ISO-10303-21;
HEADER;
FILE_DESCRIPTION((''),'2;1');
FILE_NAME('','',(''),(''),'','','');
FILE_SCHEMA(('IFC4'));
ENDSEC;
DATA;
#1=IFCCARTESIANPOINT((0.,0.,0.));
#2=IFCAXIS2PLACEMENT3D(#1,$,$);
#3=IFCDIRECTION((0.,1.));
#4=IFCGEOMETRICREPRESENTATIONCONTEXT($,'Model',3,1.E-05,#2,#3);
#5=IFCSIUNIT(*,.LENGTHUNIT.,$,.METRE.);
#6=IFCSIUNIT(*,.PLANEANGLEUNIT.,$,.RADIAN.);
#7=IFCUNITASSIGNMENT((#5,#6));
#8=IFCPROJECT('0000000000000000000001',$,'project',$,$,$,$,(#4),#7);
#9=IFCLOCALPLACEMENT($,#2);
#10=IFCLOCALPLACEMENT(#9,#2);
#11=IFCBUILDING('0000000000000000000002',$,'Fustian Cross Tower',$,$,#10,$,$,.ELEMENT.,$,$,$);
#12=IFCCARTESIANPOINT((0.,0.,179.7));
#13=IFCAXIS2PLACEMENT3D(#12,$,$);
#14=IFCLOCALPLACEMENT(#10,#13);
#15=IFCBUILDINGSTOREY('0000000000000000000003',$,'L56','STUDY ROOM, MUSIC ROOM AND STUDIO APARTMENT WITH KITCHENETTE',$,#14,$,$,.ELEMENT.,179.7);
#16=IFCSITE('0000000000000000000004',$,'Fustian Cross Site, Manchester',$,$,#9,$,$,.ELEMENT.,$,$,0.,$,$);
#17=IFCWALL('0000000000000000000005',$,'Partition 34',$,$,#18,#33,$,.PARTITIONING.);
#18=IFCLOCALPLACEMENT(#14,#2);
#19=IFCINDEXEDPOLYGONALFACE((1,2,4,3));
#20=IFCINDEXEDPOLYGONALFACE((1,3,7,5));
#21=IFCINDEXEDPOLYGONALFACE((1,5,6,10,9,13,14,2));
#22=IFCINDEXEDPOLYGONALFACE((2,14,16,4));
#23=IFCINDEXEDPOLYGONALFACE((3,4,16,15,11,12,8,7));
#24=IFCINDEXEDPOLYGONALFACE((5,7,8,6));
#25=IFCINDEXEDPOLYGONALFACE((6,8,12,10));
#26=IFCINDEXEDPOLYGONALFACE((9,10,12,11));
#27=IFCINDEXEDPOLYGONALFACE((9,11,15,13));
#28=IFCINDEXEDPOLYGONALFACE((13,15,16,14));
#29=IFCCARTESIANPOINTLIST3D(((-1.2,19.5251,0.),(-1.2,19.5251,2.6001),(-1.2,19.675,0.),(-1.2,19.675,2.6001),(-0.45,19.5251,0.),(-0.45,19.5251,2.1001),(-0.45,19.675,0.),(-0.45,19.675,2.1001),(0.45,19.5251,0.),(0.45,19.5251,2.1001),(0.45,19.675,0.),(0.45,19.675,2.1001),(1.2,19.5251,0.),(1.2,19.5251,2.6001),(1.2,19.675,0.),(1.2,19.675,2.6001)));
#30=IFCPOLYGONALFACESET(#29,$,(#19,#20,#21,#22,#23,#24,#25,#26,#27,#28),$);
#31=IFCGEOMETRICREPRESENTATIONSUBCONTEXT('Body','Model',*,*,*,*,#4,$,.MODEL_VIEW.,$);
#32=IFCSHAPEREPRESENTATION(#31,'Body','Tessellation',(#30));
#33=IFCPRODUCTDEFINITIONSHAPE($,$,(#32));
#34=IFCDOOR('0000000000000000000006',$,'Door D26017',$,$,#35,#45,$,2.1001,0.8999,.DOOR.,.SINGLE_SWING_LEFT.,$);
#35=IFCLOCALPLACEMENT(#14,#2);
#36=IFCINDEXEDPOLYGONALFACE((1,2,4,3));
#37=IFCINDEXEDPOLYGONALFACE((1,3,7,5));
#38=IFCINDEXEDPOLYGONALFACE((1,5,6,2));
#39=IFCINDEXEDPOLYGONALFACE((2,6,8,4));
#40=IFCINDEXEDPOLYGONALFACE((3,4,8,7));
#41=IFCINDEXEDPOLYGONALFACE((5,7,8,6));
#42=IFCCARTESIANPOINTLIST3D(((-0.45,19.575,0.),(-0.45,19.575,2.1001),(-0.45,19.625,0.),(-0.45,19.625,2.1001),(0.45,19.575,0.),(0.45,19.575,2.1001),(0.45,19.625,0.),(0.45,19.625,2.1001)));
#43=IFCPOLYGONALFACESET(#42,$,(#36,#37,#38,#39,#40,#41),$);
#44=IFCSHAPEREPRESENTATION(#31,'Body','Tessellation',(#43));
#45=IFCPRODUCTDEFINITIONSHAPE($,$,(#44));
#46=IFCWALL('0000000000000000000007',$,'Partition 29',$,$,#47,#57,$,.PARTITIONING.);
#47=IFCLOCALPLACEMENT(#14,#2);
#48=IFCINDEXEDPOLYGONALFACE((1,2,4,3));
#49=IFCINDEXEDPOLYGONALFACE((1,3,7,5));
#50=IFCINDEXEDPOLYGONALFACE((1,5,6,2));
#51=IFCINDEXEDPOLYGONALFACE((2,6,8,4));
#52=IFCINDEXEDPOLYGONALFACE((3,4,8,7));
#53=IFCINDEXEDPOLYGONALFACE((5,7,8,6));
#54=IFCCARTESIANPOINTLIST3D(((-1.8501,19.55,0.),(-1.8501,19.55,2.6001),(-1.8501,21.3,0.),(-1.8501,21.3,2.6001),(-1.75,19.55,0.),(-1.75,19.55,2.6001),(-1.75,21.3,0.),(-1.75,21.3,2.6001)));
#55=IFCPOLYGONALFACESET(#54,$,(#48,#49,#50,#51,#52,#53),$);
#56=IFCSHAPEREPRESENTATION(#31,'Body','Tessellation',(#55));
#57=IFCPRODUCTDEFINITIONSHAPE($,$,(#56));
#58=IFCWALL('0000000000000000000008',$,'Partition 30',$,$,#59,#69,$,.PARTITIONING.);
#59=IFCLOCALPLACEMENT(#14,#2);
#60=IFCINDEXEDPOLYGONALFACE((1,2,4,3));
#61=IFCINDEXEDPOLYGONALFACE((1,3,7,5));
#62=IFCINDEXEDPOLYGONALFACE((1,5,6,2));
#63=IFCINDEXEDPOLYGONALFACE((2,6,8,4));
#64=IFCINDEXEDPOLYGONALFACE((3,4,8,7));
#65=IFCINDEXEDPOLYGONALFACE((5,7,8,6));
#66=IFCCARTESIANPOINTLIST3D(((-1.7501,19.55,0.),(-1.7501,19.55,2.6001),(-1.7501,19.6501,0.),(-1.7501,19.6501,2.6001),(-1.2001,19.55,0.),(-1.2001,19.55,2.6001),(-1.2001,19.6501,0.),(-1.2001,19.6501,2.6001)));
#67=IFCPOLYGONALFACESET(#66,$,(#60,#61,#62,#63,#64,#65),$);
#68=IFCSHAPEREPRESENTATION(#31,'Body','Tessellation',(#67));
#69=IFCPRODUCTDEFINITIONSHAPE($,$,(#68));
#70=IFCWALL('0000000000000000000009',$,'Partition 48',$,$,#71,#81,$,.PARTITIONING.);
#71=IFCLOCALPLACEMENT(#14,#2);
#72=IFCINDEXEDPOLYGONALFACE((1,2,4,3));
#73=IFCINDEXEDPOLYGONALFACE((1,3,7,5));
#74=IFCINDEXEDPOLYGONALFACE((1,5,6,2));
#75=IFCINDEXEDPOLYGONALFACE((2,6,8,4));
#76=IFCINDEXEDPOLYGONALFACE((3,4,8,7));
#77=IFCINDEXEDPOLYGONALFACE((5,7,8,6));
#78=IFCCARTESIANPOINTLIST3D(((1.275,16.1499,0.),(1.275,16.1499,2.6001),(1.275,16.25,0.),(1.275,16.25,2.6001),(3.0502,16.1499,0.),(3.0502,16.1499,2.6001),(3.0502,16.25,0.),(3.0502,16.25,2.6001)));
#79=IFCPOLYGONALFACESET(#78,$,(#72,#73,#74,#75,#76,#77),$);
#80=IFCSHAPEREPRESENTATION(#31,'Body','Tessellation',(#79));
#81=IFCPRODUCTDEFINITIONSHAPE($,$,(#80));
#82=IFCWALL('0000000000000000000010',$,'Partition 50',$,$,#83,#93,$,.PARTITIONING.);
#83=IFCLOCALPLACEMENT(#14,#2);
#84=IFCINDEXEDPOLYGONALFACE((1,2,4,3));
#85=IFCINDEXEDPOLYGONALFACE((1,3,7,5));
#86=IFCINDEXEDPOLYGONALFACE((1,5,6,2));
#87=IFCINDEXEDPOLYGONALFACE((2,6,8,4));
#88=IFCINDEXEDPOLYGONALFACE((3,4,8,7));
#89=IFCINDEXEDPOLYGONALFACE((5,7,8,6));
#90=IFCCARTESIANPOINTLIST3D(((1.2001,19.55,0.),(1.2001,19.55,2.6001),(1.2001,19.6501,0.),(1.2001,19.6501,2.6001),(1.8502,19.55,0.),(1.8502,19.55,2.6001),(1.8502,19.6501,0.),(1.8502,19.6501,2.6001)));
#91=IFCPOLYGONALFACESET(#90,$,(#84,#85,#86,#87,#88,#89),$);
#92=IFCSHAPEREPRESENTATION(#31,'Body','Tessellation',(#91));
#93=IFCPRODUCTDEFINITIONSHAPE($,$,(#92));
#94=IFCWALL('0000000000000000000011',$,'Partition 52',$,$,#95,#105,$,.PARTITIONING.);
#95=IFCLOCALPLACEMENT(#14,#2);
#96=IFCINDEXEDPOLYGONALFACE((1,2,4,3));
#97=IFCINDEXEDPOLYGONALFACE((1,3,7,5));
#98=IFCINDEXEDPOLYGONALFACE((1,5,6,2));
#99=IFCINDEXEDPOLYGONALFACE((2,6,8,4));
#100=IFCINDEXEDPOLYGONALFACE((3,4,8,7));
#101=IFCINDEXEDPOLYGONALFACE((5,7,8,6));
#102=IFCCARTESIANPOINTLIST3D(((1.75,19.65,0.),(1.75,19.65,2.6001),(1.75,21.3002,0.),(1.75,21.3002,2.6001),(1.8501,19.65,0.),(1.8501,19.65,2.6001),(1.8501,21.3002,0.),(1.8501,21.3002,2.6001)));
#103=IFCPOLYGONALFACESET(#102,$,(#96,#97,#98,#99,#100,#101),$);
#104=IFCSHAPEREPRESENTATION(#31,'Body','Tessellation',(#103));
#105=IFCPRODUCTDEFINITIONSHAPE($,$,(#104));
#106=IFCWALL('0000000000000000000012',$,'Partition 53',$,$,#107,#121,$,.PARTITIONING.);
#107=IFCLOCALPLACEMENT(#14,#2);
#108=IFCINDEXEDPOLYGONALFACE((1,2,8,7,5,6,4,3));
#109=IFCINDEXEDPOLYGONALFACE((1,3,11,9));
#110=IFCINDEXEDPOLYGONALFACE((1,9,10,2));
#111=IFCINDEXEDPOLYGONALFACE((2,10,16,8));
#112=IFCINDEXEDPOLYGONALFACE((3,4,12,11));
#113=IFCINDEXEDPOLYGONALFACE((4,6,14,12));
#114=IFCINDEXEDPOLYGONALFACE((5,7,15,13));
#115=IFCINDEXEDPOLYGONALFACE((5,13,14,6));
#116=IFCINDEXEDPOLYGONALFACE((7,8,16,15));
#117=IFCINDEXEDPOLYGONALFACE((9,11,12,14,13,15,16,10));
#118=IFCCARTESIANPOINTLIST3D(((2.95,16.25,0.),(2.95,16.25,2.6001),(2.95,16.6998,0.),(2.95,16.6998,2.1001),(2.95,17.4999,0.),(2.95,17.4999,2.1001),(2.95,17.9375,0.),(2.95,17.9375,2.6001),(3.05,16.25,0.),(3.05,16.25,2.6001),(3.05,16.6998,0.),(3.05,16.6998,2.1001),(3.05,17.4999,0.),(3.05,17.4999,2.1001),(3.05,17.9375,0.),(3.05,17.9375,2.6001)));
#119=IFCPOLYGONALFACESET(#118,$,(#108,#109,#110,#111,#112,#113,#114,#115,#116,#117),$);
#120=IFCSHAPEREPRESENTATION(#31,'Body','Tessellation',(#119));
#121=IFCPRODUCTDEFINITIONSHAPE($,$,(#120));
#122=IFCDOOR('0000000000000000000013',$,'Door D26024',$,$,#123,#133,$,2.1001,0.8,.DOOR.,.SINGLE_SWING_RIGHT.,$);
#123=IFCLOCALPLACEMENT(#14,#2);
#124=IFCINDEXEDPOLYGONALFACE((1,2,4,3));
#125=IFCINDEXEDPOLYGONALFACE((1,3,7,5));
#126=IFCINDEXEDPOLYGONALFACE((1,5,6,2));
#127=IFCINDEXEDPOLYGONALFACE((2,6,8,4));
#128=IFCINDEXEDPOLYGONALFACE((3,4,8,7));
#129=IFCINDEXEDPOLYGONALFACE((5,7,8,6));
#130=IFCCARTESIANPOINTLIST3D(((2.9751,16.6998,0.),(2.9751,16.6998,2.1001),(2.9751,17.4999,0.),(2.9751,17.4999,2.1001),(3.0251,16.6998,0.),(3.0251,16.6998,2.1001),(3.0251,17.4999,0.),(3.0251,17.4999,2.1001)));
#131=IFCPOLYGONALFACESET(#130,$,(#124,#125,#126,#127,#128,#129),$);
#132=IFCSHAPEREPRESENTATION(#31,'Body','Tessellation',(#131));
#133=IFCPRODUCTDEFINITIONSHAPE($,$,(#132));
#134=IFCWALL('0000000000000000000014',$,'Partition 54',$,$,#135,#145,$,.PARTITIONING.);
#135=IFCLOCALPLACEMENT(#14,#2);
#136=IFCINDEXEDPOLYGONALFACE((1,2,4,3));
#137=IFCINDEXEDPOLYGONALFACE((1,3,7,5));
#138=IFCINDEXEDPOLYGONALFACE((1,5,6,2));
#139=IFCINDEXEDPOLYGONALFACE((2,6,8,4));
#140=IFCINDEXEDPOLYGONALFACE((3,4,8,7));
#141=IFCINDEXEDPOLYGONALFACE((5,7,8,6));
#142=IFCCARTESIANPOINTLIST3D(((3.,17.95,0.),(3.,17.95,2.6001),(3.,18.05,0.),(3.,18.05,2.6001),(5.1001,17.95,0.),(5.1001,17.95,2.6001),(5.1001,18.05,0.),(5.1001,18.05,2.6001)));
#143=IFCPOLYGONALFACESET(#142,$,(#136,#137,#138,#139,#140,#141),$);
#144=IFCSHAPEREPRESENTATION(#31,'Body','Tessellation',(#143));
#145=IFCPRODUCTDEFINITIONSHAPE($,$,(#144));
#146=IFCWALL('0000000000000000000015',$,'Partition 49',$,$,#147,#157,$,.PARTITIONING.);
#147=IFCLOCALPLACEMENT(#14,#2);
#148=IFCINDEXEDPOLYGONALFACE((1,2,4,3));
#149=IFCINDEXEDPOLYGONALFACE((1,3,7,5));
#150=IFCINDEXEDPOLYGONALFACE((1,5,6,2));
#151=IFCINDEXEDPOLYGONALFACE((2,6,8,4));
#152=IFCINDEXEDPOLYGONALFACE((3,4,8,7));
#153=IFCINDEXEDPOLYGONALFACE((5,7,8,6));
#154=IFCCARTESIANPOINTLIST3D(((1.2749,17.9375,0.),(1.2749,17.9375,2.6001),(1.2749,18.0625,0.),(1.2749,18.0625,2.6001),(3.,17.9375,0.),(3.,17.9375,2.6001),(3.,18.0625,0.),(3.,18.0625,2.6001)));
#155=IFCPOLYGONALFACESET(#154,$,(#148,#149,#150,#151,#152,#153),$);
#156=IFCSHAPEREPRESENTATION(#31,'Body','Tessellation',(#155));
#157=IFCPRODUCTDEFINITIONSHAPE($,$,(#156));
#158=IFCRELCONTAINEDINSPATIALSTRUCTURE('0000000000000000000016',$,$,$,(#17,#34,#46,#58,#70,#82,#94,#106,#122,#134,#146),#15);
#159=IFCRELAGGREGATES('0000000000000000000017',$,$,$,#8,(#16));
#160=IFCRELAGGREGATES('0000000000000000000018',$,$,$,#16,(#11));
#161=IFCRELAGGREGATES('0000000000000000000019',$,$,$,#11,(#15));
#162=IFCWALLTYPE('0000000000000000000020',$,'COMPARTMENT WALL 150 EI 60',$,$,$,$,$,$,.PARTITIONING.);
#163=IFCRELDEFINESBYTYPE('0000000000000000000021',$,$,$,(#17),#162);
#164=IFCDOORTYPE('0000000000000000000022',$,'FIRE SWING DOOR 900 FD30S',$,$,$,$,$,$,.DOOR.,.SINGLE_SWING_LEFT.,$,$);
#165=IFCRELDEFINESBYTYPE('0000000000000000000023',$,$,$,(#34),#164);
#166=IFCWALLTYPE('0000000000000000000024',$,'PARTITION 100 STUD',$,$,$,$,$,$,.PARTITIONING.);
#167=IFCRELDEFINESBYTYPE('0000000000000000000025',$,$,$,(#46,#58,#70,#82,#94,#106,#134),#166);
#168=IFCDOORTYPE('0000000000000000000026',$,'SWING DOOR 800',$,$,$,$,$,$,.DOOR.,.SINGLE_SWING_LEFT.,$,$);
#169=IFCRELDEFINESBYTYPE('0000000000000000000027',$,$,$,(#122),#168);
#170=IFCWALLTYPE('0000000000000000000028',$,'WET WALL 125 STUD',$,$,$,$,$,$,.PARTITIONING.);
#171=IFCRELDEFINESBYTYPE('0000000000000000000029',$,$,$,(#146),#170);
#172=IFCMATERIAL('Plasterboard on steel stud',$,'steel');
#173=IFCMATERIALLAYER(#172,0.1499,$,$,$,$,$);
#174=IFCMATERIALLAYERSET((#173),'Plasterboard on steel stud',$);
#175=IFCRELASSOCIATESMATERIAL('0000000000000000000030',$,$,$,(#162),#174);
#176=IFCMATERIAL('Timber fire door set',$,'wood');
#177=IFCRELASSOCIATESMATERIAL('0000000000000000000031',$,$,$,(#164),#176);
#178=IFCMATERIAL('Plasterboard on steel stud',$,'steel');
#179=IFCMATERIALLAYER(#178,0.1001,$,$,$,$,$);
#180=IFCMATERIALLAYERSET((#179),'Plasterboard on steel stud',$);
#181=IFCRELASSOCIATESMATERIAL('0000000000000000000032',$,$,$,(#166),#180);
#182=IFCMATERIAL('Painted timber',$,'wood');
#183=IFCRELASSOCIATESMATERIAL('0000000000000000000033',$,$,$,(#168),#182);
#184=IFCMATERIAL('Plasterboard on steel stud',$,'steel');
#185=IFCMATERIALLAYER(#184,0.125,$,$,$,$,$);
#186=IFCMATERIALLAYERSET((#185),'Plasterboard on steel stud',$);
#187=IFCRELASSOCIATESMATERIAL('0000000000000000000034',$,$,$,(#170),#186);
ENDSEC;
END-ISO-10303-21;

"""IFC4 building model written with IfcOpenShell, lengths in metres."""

from ifc_helpers import new_model, si_unit, direction, frame, frame_2d, origin, place, context, subcontext, project, spatial, rectangle, extrude, material, layer, layer_set, type_object, element, fill, save


model = new_model("IFC4")

# Units and contexts
model_context = context("Model", 3, precision=1e-05, world=origin(), true_north=direction((0.0, 1.0)))
body_context = subcontext(model_context, "Body", "Model", "MODEL_VIEW")
ifc_project = project(units=[si_unit("LENGTHUNIT", "METRE"), si_unit("PLANEANGLEUNIT", "RADIAN")], contexts=[model_context])

# Site, building, storey
site_placement = place(None, origin())
site = spatial("IfcSite", under=ifc_project, at=site_placement, Name="Fustian Cross Site, Manchester", CompositionType="ELEMENT", RefElevation=0.0)
building_placement = place(site_placement, origin())
building = spatial("IfcBuilding", under=site, at=building_placement, Name="Fustian Cross Tower", CompositionType="ELEMENT")
storey_placement = place(building_placement, frame((0.0, 0.0, 179.7)))
storey = spatial("IfcBuildingStorey", under=building, at=storey_placement, Name="L56", Description="STUDY ROOM, MUSIC ROOM AND STUDIO APARTMENT WITH KITCHENETTE", CompositionType="ELEMENT", Elevation=179.7)

# Wall, opening, door
ifc_material_1 = material(Name="Plasterboard on steel stud", Category="steel")
ifc_layer_1 = layer(ifc_material_1, 0.1499)
ifc_layer_set_1 = layer_set([ifc_layer_1], Name="Plasterboard on steel stud")
wall_type_1 = type_object("IfcWallType", Name="COMPARTMENT WALL 150 EI 60", PredefinedType="PARTITIONING", material=ifc_layer_set_1)
wall_1_placement = place(storey_placement, frame((-1.2, 19.6001, 0.0), z_axis=(0.0, 0.0, 1.0), x_axis=(1.0, 0.0, 0.0)))
wall_1 = element("IfcWall", 1, at=wall_1_placement, inside=storey, type_object=wall_type_1, Name="Partition 34", PredefinedType="PARTITIONING", context=body_context, shape_type="SweptSolid", body=[
    extrude(rectangle(XDim=2.3999, YDim=0.1499, at=frame_2d((1.2, 0.0))), origin(), (0.0, 0.0, 1.0), 2.6001),
])
opening_1_placement = place(wall_1_placement, frame((0.75, 0.0, 0.0)))
opening_1 = element("IfcOpeningElement", 2, at=opening_1_placement, cuts=wall_1, PredefinedType="OPENING", context=body_context, shape_type="SweptSolid", body=[
    extrude(rectangle(XDim=0.8999, YDim=2.1001, at=frame_2d((0.45, 1.05))), frame((0.0, 0.085, 0.0), z_axis=(0.0, -1.0, 0.0), x_axis=(1.0, 0.0, 0.0)), (0.0, 0.0, 1.0), 0.1699),
])
ifc_material_2 = material(Name="Timber fire door set", Category="wood")
door_type_1 = type_object("IfcDoorType", Name="FIRE SWING DOOR 900 FD30S", OperationType="SINGLE_SWING_LEFT", PredefinedType="DOOR", material=ifc_material_2)
door_1_placement = place(opening_1_placement, origin())
door_1 = element("IfcDoor", 3, at=door_1_placement, inside=storey, type_object=door_type_1, Name="Door D26017", OperationType="SINGLE_SWING_LEFT", OverallHeight=2.1001, OverallWidth=0.8999, PredefinedType="DOOR", context=body_context, shape_type="SweptSolid", body=[
    extrude(rectangle(XDim=0.8999, YDim=2.1001, at=frame_2d((0.45, 1.05))), frame((0.0, 0.0249, 0.0), z_axis=(0.0, -1.0, 0.0), x_axis=(1.0, 0.0, 0.0)), (0.0, 0.0, 1.0), 0.05),
])
fill(opening_1, door_1)

# Walls
ifc_material_3 = material(Name="Plasterboard on steel stud", Category="steel")
ifc_layer_2 = layer(ifc_material_3, 0.1001)
ifc_layer_set_2 = layer_set([ifc_layer_2], Name="Plasterboard on steel stud")
wall_type_2 = type_object("IfcWallType", Name="PARTITION 100 STUD", PredefinedType="PARTITIONING", material=ifc_layer_set_2)
wall_2_placement = place(storey_placement, frame((-1.8, 19.55, 0.0), z_axis=(0.0, 0.0, 1.0), x_axis=(0.0, 1.0, 0.0)))
element("IfcWall", 4, at=wall_2_placement, inside=storey, type_object=wall_type_2, Name="Partition 29", PredefinedType="PARTITIONING", context=body_context, shape_type="SweptSolid", body=[
    extrude(rectangle(XDim=1.75, YDim=0.1001, at=frame_2d((0.875, 0.0))), origin(), (0.0, 0.0, 1.0), 2.6001),
])
wall_3_placement = place(storey_placement, frame((-1.75, 19.6001, 0.0), z_axis=(0.0, 0.0, 1.0), x_axis=(1.0, 0.0, 0.0)))
element("IfcWall", 5, at=wall_3_placement, inside=storey, type_object=wall_type_2, Name="Partition 30", PredefinedType="PARTITIONING", context=body_context, shape_type="SweptSolid", body=[
    extrude(rectangle(XDim=0.55, YDim=0.1001, at=frame_2d((0.2749, 0.0))), origin(), (0.0, 0.0, 1.0), 2.6001),
])
wall_4_placement = place(storey_placement, frame((1.2749, 16.2, 0.0), z_axis=(0.0, 0.0, 1.0), x_axis=(1.0, 0.0, 0.0)))
element("IfcWall", 6, at=wall_4_placement, inside=storey, type_object=wall_type_2, Name="Partition 48", PredefinedType="PARTITIONING", context=body_context, shape_type="SweptSolid", body=[
    extrude(rectangle(XDim=1.7751, YDim=0.1001, at=frame_2d((0.8877, 0.0))), origin(), (0.0, 0.0, 1.0), 2.6001),
])
wall_5_placement = place(storey_placement, frame((1.2, 19.6001, 0.0), z_axis=(0.0, 0.0, 1.0), x_axis=(1.0, 0.0, 0.0)))
element("IfcWall", 7, at=wall_5_placement, inside=storey, type_object=wall_type_2, Name="Partition 50", PredefinedType="PARTITIONING", context=body_context, shape_type="SweptSolid", body=[
    extrude(rectangle(XDim=0.6501, YDim=0.1001, at=frame_2d((0.3252, 0.0))), origin(), (0.0, 0.0, 1.0), 2.6001),
])
wall_6_placement = place(storey_placement, frame((1.8, 19.6499, 0.0), z_axis=(0.0, 0.0, 1.0), x_axis=(0.0, 1.0, 0.0)))
element("IfcWall", 8, at=wall_6_placement, inside=storey, type_object=wall_type_2, Name="Partition 52", PredefinedType="PARTITIONING", context=body_context, shape_type="SweptSolid", body=[
    extrude(rectangle(XDim=1.6501, YDim=0.1001, at=frame_2d((0.8252, 0.0))), origin(), (0.0, 0.0, 1.0), 2.6001),
])

# Wall, opening, door
wall_7_placement = place(storey_placement, frame((3.0, 16.25, 0.0), z_axis=(0.0, 0.0, 1.0), x_axis=(0.0, 1.0, 0.0)))
wall_7 = element("IfcWall", 9, at=wall_7_placement, inside=storey, type_object=wall_type_2, Name="Partition 53", PredefinedType="PARTITIONING", context=body_context, shape_type="SweptSolid", body=[
    extrude(rectangle(XDim=1.6875, YDim=0.1001, at=frame_2d((0.8438, 0.0))), origin(), (0.0, 0.0, 1.0), 2.6001),
])
opening_2_placement = place(wall_7_placement, frame((0.45, 0.0, 0.0)))
opening_2 = element("IfcOpeningElement", 10, at=opening_2_placement, cuts=wall_7, PredefinedType="OPENING", context=body_context, shape_type="SweptSolid", body=[
    extrude(rectangle(XDim=0.8, YDim=2.1001, at=frame_2d((0.3999, 1.05))), frame((0.0, 0.0601, 0.0), z_axis=(0.0, -1.0, 0.0), x_axis=(1.0, 0.0, 0.0)), (0.0, 0.0, 1.0), 0.1201),
])
ifc_material_4 = material(Name="Painted timber", Category="wood")
door_type_2 = type_object("IfcDoorType", Name="SWING DOOR 800", OperationType="SINGLE_SWING_LEFT", PredefinedType="DOOR", material=ifc_material_4)
door_2_placement = place(opening_2_placement, origin())
door_2 = element("IfcDoor", 11, at=door_2_placement, inside=storey, type_object=door_type_2, Name="Door D26024", OperationType="SINGLE_SWING_RIGHT", OverallHeight=2.1001, OverallWidth=0.8, PredefinedType="DOOR", context=body_context, shape_type="SweptSolid", body=[
    extrude(rectangle(XDim=0.8, YDim=2.1001, at=frame_2d((0.3999, 1.05))), frame((0.0, 0.0249, 0.0), z_axis=(0.0, -1.0, 0.0), x_axis=(1.0, 0.0, 0.0)), (0.0, 0.0, 1.0), 0.05),
])
fill(opening_2, door_2)

# Walls
wall_8_placement = place(storey_placement, frame((3.0, 18.0, 0.0), z_axis=(0.0, 0.0, 1.0), x_axis=(1.0, 0.0, 0.0)))
element("IfcWall", 12, at=wall_8_placement, inside=storey, type_object=wall_type_2, Name="Partition 54", PredefinedType="PARTITIONING", context=body_context, shape_type="SweptSolid", body=[
    extrude(rectangle(XDim=2.1001, YDim=0.1001, at=frame_2d((1.05, 0.0))), origin(), (0.0, 0.0, 1.0), 2.6001),
])
ifc_material_5 = material(Name="Plasterboard on steel stud", Category="steel")
ifc_layer_3 = layer(ifc_material_5, 0.125)
ifc_layer_set_3 = layer_set([ifc_layer_3], Name="Plasterboard on steel stud")
wall_type_3 = type_object("IfcWallType", Name="WET WALL 125 STUD", PredefinedType="PARTITIONING", material=ifc_layer_set_3)
wall_9_placement = place(storey_placement, frame((1.2749, 18.0, 0.0), z_axis=(0.0, 0.0, 1.0), x_axis=(1.0, 0.0, 0.0)))
element("IfcWall", 13, at=wall_9_placement, inside=storey, type_object=wall_type_3, Name="Partition 49", PredefinedType="PARTITIONING", context=body_context, shape_type="SweptSolid", body=[
    extrude(rectangle(XDim=1.7251, YDim=0.125, at=frame_2d((0.8625, 0.0))), origin(), (0.0, 0.0, 1.0), 2.6001),
])

save(model, "model.ifc")
